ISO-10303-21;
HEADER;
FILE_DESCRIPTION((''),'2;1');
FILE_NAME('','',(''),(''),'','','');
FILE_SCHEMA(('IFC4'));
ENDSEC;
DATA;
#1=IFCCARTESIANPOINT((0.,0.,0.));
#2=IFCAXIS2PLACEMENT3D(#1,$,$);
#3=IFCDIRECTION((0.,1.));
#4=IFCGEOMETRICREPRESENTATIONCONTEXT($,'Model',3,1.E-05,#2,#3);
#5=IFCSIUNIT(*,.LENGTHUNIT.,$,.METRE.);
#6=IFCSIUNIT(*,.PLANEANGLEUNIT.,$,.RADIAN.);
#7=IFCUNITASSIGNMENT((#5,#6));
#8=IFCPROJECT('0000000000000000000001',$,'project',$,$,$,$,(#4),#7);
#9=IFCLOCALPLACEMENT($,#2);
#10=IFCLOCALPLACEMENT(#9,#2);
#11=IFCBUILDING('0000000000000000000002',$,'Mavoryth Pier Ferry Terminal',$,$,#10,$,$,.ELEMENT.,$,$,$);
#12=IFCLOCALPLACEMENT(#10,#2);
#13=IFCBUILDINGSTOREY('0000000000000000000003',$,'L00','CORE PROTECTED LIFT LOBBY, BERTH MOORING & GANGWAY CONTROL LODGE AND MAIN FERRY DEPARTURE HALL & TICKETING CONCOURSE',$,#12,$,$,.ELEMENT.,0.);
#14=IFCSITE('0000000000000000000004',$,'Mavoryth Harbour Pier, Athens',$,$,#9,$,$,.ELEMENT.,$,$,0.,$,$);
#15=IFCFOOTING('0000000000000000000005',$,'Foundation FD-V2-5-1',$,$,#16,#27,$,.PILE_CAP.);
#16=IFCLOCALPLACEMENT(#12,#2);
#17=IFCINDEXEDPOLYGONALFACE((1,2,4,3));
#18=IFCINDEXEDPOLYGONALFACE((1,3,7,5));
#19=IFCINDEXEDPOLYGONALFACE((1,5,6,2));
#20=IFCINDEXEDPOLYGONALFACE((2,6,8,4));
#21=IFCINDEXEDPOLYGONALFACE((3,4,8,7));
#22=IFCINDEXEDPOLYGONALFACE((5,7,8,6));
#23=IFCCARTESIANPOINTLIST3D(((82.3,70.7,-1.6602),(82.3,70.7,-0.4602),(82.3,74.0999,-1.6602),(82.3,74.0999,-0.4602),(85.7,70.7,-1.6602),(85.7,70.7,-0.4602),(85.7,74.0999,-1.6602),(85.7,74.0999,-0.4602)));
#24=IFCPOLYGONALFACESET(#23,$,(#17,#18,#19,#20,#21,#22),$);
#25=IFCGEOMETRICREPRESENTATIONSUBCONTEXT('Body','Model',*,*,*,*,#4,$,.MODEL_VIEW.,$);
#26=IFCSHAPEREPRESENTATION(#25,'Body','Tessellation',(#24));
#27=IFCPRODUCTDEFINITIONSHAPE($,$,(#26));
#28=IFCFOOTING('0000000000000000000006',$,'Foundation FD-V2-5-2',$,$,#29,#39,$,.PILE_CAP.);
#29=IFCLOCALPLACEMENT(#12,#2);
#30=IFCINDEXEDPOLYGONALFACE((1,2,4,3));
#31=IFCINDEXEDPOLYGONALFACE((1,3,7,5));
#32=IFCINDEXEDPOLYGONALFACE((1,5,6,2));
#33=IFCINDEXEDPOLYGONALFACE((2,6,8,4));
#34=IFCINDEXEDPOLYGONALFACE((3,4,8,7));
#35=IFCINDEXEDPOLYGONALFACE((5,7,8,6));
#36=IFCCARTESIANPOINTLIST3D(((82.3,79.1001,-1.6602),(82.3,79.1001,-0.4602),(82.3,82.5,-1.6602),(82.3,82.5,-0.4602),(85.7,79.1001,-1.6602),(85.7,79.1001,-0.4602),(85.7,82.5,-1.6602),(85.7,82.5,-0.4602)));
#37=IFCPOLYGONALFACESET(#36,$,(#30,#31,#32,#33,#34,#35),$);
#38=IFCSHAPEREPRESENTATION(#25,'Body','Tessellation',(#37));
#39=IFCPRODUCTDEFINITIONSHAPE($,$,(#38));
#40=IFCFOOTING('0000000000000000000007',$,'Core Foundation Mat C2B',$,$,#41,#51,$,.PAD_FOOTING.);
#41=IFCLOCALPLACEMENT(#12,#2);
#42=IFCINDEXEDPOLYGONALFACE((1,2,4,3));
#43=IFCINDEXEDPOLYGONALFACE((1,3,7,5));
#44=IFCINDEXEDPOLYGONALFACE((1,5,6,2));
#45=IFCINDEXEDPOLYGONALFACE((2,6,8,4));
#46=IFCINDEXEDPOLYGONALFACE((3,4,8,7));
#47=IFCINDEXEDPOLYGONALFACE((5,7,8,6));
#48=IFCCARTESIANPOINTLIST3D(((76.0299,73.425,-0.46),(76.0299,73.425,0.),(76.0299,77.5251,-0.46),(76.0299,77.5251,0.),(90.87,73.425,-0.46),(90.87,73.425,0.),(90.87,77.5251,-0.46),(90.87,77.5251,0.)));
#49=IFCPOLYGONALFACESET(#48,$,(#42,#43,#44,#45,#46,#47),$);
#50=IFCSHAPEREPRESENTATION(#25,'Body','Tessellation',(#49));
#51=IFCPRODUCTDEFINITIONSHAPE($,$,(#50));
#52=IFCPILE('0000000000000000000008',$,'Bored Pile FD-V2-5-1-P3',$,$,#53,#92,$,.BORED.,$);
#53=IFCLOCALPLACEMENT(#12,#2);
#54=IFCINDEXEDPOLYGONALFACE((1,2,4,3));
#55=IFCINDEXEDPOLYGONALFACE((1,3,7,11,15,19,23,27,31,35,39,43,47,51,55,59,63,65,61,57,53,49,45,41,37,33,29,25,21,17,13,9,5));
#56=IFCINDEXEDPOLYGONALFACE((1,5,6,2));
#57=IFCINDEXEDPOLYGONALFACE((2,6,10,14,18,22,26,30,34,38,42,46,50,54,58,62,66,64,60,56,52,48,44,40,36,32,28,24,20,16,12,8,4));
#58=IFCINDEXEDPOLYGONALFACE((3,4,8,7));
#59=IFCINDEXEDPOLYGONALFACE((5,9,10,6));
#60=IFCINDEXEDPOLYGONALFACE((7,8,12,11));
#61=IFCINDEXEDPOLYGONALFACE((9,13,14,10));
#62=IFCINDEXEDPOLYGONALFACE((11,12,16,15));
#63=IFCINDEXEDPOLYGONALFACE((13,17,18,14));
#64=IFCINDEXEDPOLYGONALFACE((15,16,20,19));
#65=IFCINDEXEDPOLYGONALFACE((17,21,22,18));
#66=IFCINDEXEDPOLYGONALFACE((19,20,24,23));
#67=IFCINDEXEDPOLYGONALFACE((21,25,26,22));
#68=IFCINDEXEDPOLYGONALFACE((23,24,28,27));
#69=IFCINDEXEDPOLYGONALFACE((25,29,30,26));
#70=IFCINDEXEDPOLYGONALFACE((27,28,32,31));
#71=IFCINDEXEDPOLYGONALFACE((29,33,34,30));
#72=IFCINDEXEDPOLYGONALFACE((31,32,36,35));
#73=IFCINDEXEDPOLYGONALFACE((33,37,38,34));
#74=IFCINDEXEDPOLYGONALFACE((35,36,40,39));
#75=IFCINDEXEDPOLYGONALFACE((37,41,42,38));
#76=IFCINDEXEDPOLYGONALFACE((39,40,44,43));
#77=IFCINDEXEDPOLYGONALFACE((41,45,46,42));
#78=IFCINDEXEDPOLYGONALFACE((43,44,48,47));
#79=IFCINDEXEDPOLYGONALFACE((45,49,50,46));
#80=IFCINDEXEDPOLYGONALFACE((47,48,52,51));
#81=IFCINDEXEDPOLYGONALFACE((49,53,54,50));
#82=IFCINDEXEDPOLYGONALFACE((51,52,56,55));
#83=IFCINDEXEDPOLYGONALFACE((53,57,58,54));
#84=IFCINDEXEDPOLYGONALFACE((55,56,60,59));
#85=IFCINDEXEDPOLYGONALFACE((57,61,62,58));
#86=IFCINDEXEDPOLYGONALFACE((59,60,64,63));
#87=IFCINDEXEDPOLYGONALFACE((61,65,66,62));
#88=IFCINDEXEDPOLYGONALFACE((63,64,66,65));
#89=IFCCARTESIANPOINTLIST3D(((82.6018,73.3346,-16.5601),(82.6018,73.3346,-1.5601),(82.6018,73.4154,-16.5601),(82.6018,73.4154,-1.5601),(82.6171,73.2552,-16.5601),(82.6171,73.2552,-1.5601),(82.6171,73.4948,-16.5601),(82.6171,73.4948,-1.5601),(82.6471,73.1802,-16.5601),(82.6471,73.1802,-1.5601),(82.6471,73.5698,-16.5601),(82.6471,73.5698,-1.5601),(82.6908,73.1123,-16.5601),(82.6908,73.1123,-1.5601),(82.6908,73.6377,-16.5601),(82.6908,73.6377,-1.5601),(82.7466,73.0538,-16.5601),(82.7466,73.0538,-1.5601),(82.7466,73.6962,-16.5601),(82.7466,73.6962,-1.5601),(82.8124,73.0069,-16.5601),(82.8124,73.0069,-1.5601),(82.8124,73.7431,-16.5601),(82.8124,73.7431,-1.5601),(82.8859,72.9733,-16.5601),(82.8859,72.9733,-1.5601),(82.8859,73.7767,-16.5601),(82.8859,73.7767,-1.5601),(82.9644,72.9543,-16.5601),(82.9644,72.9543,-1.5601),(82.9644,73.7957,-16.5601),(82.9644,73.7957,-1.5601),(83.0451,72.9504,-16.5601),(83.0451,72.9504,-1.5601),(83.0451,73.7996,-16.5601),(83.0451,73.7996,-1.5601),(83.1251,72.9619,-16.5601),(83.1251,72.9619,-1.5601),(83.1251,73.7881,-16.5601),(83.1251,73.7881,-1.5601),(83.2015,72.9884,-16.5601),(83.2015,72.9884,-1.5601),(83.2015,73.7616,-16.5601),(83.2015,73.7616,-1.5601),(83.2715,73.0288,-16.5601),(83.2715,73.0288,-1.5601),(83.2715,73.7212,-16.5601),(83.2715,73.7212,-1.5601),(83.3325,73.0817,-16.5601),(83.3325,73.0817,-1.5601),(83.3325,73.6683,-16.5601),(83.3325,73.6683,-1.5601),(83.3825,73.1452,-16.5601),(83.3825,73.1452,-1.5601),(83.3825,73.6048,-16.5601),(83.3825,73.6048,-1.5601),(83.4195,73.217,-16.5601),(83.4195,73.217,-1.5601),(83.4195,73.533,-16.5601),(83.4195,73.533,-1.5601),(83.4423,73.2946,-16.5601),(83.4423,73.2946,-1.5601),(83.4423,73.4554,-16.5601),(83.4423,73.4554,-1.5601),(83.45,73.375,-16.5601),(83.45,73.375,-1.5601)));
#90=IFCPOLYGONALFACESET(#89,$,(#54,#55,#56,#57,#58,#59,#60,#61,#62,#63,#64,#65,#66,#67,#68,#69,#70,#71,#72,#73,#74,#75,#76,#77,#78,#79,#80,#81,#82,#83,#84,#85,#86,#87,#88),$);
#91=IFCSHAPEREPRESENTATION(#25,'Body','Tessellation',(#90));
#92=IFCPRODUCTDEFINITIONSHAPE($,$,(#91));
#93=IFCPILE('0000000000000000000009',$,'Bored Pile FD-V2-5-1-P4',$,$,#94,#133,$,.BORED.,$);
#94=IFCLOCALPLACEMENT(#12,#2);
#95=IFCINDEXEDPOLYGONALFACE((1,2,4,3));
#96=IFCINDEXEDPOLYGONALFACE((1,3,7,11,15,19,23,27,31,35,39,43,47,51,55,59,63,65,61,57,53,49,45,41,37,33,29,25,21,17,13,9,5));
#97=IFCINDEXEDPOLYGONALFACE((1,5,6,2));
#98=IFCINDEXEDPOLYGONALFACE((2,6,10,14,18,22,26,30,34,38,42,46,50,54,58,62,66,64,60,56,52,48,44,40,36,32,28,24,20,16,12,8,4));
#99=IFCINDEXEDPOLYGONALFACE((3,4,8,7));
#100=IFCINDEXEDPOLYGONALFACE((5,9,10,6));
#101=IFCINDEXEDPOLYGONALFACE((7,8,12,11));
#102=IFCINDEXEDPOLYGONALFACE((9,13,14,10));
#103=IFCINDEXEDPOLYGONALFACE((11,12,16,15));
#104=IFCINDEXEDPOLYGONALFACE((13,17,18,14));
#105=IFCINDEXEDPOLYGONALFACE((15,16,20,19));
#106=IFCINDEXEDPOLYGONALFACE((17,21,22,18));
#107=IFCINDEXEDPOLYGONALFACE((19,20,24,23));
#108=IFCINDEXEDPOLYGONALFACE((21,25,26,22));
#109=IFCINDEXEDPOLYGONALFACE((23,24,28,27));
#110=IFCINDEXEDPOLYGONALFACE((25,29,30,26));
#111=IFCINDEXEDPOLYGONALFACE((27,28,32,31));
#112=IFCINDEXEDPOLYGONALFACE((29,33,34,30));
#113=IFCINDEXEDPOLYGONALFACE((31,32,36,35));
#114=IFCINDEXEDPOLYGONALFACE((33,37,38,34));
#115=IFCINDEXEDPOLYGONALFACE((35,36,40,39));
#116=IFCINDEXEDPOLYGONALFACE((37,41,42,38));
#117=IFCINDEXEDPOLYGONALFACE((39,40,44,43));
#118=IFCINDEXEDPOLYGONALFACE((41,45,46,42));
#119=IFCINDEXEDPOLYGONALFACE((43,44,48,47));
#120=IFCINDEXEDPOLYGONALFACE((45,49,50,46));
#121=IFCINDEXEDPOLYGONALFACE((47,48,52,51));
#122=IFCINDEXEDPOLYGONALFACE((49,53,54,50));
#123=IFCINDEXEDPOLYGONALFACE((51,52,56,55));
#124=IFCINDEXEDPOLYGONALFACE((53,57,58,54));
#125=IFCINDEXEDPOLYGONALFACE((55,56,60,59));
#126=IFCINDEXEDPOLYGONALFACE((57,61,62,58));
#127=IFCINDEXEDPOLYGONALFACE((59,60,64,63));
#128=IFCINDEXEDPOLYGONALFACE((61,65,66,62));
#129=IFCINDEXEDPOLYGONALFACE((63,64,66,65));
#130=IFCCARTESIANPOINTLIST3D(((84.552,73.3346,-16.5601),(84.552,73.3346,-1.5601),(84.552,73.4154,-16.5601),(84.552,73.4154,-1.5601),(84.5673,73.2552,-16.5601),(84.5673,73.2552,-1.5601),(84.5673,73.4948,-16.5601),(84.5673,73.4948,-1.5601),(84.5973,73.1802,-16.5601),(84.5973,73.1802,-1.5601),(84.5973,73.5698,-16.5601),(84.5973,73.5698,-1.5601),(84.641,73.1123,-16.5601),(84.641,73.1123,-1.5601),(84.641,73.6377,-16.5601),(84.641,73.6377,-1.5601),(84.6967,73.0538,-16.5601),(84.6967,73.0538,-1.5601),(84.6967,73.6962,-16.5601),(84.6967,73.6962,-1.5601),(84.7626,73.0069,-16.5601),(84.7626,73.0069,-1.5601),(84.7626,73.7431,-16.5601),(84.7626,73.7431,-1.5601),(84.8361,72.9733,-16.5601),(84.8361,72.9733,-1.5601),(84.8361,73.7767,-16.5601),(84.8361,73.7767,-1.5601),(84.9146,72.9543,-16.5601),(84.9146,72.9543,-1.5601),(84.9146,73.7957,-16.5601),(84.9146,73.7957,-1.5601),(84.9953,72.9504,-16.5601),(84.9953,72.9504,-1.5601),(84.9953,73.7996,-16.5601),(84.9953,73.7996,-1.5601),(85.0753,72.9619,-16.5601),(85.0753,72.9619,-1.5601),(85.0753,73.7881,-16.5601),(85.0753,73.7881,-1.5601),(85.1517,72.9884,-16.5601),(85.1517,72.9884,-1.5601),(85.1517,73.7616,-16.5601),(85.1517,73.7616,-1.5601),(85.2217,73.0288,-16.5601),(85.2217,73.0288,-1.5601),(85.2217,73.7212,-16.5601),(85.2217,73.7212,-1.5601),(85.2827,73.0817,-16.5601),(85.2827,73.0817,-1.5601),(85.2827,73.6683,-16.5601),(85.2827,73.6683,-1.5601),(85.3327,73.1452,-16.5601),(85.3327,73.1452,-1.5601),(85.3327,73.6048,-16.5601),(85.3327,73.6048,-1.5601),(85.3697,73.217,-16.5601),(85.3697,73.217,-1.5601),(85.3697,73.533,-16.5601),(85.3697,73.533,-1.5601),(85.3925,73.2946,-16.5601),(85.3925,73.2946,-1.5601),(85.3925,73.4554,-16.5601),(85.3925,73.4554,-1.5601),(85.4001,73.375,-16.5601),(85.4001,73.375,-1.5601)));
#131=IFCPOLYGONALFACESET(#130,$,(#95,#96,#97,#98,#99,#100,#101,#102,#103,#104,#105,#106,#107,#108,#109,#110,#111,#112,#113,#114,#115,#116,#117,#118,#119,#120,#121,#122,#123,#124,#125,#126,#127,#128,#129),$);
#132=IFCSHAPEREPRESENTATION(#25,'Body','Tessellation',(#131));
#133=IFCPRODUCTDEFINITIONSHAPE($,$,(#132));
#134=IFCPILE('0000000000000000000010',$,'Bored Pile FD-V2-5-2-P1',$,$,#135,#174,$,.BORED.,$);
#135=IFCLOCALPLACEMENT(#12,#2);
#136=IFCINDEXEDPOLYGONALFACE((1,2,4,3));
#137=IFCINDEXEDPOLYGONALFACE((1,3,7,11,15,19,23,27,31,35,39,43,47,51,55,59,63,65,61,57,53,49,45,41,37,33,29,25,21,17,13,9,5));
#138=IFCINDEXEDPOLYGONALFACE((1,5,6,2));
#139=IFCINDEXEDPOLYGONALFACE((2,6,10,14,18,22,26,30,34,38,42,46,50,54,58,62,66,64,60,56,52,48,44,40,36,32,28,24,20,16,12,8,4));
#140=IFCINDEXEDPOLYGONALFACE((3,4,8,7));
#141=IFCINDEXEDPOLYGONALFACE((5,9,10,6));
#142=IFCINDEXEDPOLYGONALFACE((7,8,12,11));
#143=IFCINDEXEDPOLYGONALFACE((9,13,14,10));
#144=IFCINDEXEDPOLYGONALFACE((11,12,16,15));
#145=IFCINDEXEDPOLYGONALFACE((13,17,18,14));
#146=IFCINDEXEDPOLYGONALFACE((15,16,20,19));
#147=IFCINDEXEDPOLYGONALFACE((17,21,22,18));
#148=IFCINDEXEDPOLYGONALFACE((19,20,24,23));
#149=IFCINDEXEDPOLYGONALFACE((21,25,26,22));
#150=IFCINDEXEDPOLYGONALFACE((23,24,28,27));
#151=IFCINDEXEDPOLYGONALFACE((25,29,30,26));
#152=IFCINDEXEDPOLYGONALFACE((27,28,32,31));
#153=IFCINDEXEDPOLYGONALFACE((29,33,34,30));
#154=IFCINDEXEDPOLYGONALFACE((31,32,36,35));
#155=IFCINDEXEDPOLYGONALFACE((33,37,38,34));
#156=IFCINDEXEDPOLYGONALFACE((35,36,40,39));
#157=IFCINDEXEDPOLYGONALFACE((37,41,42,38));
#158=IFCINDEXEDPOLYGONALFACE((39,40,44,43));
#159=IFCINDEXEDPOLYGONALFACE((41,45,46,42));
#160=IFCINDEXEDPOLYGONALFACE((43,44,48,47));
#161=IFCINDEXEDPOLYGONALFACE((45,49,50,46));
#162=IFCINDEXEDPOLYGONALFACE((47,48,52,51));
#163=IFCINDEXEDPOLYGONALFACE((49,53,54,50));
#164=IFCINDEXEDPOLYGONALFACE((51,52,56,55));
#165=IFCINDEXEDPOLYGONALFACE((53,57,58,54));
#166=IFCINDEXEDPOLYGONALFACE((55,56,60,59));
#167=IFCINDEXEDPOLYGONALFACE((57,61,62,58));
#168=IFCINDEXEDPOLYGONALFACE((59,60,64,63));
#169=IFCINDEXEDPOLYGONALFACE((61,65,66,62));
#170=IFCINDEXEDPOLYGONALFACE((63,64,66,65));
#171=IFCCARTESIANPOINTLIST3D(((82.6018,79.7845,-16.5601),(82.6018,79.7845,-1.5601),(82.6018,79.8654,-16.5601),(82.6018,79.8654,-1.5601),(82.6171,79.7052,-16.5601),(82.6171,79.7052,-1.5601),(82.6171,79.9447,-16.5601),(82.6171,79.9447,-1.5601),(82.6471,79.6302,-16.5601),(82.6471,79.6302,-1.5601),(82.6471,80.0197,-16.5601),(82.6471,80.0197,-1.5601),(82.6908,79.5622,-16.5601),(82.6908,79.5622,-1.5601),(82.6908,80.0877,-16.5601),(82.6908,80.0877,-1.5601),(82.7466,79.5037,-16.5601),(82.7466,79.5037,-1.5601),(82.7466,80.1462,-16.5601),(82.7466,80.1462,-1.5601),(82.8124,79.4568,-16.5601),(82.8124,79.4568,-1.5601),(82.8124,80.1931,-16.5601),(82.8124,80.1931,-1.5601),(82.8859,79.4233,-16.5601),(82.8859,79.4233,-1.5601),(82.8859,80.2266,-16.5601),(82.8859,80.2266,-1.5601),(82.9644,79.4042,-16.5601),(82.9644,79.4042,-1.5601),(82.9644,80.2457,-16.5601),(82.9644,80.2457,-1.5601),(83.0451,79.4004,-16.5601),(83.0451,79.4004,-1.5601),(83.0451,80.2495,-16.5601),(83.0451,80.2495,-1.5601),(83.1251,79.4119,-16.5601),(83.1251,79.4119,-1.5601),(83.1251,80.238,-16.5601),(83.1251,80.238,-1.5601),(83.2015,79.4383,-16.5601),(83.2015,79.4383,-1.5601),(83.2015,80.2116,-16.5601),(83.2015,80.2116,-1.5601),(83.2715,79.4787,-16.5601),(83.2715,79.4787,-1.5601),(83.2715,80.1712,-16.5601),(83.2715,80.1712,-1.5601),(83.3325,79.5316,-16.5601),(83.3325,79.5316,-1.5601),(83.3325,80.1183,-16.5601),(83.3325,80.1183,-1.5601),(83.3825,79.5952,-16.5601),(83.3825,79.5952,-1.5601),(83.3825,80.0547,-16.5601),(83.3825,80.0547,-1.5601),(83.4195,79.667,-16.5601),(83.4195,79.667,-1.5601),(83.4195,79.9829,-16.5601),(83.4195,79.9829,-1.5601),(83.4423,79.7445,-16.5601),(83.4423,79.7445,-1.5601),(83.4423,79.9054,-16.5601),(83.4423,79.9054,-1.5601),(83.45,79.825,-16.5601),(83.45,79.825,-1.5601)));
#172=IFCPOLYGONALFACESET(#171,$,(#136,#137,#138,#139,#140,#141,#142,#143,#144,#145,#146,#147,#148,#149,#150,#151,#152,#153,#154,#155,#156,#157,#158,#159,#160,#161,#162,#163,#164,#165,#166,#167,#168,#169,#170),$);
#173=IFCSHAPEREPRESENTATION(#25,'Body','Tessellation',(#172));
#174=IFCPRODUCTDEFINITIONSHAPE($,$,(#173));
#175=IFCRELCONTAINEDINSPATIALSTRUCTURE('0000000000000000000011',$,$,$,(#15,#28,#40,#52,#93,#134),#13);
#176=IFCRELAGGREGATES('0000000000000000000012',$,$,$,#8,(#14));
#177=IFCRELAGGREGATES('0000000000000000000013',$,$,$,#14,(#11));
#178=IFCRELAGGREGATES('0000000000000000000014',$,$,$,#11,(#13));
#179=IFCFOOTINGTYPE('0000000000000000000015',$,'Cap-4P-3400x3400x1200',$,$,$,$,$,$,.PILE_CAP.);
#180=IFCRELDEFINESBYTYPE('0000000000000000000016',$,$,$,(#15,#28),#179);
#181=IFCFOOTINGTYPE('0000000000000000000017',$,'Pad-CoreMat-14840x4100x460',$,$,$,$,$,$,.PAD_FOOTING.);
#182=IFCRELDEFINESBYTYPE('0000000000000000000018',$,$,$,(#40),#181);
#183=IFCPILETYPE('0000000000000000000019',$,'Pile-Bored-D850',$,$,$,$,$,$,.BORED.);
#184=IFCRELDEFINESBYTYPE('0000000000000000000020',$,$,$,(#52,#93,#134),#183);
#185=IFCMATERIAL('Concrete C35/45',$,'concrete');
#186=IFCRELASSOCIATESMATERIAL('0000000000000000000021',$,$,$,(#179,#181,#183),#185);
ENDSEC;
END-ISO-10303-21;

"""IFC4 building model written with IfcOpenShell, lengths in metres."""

from ifc_helpers import new_model, si_unit, direction, frame, origin, origin_2d, place, context, subcontext, project, spatial, rectangle, circle, extrude, material, material_profile, profile_set, type_object, element, save


model = new_model("IFC4")

# Units and contexts
model_context = context("Model", 3, precision=1e-05, world=origin(), true_north=direction((0.0, 1.0)))
body_context = subcontext(model_context, "Body", "Model", "MODEL_VIEW")
ifc_project = project(units=[si_unit("LENGTHUNIT", "METRE"), si_unit("PLANEANGLEUNIT", "RADIAN")], contexts=[model_context])

# Site, building, storey
site_placement = place(None, origin())
site = spatial("IfcSite", under=ifc_project, at=site_placement, Name="Mavoryth Harbour Pier, Athens", CompositionType="ELEMENT", RefElevation=0.0)
building_placement = place(site_placement, origin())
building = spatial("IfcBuilding", under=site, at=building_placement, Name="Mavoryth Pier Ferry Terminal", CompositionType="ELEMENT")
storey_placement = place(building_placement, origin())
storey = spatial("IfcBuildingStorey", under=building, at=storey_placement, Name="L00", Description="CORE PROTECTED LIFT LOBBY, BERTH MOORING & GANGWAY CONTROL LODGE AND MAIN FERRY DEPARTURE HALL & TICKETING CONCOURSE", CompositionType="ELEMENT", Elevation=0.0)

# Footings
ifc_material_1 = material(Name="Concrete C35/45", Category="concrete")
footing_type_1 = type_object("IfcFootingType", Name="Cap-4P-3400x3400x1200", PredefinedType="PILE_CAP", material=ifc_material_1)
for number, where, z_axis, x_axis, name in (
    (1, (84.0, 72.3999, -1.6602), (0.0, 0.0, 1.0), (1.0, 0.0, 0.0), "Foundation FD-V2-5-1"),
    (2, (84.0, 80.8, -1.6602), (0.0, 0.0, 1.0), (1.0, 0.0, 0.0), "Foundation FD-V2-5-2"),
):
    element("IfcFooting", number, at=place(storey_placement, frame(where, z_axis=z_axis, x_axis=x_axis)), inside=storey, type_object=footing_type_1, Name=name, PredefinedType="PILE_CAP", context=body_context, shape_type="SweptSolid", body=[
        extrude(rectangle(XDim=3.3999, YDim=3.3999, at=origin_2d()), origin(), (0.0, 0.0, 1.0), 1.2),
    ])
footing_type_2 = type_object("IfcFootingType", Name="Pad-CoreMat-14840x4100x460", PredefinedType="PAD_FOOTING", material=ifc_material_1)
footing_placement = place(storey_placement, frame((83.45, 75.4751, -0.46), z_axis=(0.0, 0.0, 1.0), x_axis=(1.0, 0.0, 0.0)))
element("IfcFooting", 3, at=footing_placement, inside=storey, type_object=footing_type_2, Name="Core Foundation Mat C2B", PredefinedType="PAD_FOOTING", context=body_context, shape_type="SweptSolid", body=[
    extrude(rectangle(XDim=14.8401, YDim=4.1001, at=origin_2d()), origin(), (0.0, 0.0, 1.0), 0.46),
])

# Piles
ifc_material_profile_1 = material_profile(ifc_material_1, circle(Radius=0.425, at=origin_2d()), Name="PILE D850", Category="concrete")
ifc_profile_set_1 = profile_set([ifc_material_profile_1], Name="Concrete C35/45 - PILE D850")
pile_type = type_object("IfcPileType", Name="Pile-Bored-D850", PredefinedType="BORED", material=ifc_profile_set_1)
for number, where, z_axis, x_axis, name in (
    (4, (83.0249, 73.375, -1.5601), (0.0, 0.0, -1.0), (1.0, 0.0, 0.0), "Bored Pile FD-V2-5-1-P3"),
    (5, (84.9751, 73.375, -1.5601), (0.0, 0.0, -1.0), (1.0, 0.0, 0.0), "Bored Pile FD-V2-5-1-P4"),
    (6, (83.0249, 79.825, -1.5601), (0.0, 0.0, -1.0), (1.0, 0.0, 0.0), "Bored Pile FD-V2-5-2-P1"),
):
    element("IfcPile", number, at=place(storey_placement, frame(where, z_axis=z_axis, x_axis=x_axis)), inside=storey, type_object=pile_type, Name=name, PredefinedType="BORED", context=body_context, shape_type="SweptSolid", body=[
        extrude(circle(Radius=0.425, at=origin_2d()), origin(), (0.0, 0.0, 1.0), 15.0),
    ])

save(model, "model.ifc")
